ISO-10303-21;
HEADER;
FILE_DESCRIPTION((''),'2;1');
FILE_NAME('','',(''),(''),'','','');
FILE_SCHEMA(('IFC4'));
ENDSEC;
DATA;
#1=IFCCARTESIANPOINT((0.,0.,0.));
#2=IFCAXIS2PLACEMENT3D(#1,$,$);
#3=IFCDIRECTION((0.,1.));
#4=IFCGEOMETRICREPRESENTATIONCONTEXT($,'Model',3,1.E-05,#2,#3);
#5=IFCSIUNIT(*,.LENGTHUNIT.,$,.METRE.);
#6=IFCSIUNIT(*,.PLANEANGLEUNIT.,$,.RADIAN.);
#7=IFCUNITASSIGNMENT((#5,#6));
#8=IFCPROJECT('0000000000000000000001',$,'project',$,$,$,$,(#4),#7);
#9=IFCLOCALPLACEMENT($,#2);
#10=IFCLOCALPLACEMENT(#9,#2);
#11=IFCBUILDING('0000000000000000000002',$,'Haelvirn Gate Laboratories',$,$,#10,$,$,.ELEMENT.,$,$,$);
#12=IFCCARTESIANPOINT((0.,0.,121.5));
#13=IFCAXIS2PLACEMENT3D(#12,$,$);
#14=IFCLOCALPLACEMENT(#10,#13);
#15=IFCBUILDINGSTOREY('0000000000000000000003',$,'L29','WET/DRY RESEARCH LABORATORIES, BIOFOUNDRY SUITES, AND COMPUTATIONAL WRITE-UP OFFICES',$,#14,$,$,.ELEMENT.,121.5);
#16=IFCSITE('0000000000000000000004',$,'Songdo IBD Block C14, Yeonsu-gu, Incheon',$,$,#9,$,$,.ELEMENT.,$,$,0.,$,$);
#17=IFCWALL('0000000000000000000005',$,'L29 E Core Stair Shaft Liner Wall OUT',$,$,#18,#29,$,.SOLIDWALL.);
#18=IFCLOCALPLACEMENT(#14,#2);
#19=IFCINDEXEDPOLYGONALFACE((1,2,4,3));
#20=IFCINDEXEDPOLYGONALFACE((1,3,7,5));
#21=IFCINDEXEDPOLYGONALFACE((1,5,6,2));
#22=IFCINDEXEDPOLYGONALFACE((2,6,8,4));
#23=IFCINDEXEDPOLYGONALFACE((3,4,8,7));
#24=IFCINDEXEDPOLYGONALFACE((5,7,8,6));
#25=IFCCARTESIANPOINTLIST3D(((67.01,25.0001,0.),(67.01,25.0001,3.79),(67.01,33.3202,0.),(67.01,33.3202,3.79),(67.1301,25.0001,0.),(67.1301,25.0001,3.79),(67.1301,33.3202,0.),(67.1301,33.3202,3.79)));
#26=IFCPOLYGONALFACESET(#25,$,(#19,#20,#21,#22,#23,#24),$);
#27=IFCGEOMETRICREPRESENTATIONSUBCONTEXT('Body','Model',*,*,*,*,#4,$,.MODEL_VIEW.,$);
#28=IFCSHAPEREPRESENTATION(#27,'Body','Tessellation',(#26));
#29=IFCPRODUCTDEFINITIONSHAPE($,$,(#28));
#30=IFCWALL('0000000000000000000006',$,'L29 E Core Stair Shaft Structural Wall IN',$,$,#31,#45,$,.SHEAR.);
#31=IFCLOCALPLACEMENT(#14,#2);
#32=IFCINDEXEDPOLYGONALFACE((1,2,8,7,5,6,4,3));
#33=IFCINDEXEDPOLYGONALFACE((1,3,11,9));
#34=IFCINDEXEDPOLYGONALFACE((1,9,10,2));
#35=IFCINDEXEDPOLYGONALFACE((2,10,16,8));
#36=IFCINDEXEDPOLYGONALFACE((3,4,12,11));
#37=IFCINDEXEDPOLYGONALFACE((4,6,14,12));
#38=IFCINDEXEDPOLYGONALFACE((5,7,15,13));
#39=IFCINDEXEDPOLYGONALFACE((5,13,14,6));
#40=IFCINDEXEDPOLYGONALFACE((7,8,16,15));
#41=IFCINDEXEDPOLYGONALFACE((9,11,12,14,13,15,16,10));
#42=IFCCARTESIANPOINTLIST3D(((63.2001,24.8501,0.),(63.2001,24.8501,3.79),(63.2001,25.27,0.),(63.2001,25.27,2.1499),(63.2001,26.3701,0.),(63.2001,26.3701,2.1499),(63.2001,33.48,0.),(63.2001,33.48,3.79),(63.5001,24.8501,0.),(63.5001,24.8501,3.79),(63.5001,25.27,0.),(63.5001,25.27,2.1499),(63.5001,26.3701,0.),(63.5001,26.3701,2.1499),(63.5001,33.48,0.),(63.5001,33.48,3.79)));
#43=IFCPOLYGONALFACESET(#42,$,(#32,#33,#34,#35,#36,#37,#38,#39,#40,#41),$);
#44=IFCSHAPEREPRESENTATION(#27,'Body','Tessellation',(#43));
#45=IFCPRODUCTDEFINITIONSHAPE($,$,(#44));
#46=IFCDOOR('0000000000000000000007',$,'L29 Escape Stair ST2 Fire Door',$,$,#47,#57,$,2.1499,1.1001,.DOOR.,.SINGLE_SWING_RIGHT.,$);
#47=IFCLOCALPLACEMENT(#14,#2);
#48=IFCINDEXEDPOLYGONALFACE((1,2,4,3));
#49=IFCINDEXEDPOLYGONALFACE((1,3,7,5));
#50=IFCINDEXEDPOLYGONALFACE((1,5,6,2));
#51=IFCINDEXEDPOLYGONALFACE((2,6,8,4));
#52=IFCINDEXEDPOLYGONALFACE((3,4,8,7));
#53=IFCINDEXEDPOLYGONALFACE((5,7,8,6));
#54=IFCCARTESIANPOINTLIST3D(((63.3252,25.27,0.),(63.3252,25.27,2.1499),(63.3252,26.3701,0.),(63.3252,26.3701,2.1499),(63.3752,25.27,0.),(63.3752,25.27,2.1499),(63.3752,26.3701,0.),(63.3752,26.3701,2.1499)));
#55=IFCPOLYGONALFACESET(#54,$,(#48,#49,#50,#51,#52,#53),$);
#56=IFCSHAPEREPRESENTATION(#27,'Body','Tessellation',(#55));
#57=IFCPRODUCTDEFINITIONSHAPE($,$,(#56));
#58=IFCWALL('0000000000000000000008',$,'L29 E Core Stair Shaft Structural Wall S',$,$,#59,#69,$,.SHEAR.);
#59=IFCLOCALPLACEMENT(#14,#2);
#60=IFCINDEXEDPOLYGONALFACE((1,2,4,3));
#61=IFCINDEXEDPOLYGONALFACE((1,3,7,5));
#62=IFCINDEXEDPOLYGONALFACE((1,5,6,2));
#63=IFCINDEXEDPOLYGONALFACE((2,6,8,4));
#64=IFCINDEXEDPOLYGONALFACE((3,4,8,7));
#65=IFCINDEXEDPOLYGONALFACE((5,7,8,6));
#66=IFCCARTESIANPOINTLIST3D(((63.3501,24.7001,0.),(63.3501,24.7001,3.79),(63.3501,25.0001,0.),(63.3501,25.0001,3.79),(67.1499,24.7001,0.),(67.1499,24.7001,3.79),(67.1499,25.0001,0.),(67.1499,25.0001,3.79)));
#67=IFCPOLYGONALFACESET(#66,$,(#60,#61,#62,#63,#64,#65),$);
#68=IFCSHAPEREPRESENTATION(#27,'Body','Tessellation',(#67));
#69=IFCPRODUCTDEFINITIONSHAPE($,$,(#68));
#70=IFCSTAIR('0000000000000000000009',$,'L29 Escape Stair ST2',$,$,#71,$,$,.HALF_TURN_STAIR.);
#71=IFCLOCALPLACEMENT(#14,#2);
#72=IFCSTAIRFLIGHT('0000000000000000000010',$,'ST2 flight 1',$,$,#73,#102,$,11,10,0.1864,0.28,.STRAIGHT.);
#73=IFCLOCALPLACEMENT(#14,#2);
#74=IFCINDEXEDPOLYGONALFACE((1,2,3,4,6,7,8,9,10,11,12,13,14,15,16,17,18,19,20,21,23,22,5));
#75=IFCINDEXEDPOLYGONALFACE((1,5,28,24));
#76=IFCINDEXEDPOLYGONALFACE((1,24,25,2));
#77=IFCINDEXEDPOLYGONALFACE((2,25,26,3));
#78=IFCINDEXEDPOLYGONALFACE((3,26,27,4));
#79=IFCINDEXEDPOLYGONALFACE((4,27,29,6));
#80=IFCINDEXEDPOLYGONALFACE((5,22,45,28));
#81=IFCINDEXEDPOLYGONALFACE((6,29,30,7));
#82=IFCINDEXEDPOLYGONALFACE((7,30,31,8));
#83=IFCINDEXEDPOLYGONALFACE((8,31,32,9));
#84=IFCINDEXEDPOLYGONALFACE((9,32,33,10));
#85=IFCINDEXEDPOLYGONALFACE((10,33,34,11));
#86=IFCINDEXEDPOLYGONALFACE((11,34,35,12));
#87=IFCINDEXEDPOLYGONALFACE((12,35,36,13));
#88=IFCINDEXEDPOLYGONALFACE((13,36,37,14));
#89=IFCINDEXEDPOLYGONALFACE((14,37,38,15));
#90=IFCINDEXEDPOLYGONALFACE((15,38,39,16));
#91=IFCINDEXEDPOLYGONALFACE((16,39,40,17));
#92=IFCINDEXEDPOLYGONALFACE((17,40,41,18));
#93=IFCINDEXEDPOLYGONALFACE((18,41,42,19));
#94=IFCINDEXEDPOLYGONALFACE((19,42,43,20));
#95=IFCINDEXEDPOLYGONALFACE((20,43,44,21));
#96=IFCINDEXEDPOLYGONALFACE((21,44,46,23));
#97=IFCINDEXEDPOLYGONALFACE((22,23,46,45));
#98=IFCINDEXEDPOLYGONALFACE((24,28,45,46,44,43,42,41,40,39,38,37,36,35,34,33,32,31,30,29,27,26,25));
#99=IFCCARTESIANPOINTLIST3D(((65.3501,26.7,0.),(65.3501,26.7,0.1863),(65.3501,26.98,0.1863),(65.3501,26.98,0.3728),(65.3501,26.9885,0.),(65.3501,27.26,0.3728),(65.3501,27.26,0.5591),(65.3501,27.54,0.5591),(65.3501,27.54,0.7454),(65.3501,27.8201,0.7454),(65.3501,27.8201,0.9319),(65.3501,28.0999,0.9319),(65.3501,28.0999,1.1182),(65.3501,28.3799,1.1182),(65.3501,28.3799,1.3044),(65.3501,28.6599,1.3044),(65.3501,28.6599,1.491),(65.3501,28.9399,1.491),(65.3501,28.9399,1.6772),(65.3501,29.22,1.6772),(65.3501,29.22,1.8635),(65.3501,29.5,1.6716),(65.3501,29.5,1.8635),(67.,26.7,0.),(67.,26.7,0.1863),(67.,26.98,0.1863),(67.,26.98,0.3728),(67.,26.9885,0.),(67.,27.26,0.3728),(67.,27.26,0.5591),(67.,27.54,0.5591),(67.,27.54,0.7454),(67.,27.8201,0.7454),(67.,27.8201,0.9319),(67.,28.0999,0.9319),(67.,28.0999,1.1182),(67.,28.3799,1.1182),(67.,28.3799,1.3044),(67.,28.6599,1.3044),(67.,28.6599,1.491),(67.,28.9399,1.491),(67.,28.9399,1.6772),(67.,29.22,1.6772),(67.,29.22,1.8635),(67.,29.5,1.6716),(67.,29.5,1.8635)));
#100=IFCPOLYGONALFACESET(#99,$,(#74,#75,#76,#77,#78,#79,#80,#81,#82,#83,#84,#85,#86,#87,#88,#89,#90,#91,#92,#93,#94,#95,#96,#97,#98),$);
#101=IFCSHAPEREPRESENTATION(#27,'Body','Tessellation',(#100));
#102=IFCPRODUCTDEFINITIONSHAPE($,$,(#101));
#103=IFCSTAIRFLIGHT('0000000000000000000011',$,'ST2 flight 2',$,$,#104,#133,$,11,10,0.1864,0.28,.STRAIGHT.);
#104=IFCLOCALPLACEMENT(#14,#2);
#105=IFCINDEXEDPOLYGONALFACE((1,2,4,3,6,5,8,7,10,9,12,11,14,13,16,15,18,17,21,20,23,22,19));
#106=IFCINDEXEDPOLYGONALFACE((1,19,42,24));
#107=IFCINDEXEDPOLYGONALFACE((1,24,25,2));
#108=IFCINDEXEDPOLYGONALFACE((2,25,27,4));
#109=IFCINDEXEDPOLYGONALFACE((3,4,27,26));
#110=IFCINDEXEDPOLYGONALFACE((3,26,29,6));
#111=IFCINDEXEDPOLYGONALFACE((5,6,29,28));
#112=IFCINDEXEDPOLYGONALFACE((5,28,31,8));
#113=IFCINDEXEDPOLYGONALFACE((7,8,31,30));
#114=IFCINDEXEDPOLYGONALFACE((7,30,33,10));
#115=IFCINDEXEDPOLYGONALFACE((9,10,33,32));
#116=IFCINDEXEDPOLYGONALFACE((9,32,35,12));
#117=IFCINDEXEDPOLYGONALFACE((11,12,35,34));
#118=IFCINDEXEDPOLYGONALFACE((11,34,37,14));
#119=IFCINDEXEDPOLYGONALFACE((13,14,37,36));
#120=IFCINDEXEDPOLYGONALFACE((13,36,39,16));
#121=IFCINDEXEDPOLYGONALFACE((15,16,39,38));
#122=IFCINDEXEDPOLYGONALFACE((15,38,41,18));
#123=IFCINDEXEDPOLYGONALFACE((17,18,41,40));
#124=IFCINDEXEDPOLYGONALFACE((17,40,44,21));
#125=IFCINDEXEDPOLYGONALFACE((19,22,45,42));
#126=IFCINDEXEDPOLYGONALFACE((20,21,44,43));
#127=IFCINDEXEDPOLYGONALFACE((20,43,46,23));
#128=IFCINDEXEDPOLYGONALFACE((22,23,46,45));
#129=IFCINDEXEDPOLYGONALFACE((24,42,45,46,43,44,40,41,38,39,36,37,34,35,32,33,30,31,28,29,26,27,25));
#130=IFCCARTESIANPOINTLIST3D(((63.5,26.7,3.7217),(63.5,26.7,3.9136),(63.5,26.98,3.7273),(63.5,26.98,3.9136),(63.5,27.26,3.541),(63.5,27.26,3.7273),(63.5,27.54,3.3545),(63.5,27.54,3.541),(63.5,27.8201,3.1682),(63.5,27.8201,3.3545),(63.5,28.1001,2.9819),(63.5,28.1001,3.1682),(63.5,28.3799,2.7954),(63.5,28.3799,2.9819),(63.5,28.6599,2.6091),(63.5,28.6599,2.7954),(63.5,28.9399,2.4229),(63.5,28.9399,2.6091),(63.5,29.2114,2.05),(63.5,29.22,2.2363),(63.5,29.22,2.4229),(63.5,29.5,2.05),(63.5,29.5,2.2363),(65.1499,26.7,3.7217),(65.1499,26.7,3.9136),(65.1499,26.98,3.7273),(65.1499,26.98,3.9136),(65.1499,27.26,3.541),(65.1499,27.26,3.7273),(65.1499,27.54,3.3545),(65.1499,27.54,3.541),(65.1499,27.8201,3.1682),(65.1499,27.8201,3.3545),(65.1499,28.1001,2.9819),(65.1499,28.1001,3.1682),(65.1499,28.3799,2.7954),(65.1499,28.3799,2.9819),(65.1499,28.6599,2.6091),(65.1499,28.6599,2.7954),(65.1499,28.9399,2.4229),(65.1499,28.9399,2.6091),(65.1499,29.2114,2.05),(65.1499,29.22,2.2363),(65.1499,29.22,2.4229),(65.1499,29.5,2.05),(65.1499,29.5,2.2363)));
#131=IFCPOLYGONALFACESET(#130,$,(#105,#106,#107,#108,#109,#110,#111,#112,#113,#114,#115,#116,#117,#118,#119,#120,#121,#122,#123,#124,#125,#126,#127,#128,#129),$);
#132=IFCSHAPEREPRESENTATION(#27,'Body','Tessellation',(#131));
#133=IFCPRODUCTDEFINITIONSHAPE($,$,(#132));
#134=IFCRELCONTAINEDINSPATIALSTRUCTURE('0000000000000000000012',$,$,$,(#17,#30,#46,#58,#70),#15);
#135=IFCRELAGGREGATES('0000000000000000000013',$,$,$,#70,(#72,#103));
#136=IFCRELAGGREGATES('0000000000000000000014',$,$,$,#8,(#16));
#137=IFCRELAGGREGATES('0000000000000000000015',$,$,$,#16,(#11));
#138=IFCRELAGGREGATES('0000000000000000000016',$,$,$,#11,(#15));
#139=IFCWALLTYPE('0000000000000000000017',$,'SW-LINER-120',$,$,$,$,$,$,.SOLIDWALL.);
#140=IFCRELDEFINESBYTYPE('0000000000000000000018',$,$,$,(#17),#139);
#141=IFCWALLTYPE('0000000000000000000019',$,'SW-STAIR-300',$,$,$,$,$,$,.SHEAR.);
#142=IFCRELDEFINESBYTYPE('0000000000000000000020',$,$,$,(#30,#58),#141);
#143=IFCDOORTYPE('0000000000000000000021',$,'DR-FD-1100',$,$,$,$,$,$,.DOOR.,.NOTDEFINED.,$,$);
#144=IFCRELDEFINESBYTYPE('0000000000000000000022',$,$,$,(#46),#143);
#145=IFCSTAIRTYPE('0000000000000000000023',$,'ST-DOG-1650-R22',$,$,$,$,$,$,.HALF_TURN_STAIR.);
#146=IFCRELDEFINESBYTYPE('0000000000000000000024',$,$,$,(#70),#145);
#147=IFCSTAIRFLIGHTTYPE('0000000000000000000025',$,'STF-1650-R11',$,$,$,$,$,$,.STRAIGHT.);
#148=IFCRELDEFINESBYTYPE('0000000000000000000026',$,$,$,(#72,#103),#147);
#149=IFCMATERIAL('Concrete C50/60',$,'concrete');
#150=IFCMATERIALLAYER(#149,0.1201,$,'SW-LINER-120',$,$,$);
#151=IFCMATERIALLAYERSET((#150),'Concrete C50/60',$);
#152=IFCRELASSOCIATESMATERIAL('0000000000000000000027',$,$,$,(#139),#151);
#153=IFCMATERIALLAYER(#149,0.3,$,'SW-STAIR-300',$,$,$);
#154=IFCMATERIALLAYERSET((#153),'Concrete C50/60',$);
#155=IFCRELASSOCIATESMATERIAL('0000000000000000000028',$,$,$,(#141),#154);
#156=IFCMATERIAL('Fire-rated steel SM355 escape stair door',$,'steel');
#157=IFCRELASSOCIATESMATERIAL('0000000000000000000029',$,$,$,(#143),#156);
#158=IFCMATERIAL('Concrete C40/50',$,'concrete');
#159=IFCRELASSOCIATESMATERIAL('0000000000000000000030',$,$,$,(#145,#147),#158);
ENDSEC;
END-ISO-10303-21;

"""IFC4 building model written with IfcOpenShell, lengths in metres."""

from ifc_helpers import new_model, si_unit, direction, frame, frame_2d, origin, place, context, subcontext, project, spatial, polyline, rectangle, outline, extrude, source, transform, mapped, material, layer, layer_set, type_object, type_shapes, element, fill, aggregate, save


model = new_model("IFC4")

# Units and contexts
model_context = context("Model", 3, precision=1e-05, world=origin(), true_north=direction((0.0, 1.0)))
body_context = subcontext(model_context, "Body", "Model", "MODEL_VIEW")
ifc_project = project(units=[si_unit("LENGTHUNIT", "METRE"), si_unit("PLANEANGLEUNIT", "RADIAN")], contexts=[model_context])

# Site, building, storey
site_placement = place(None, origin())
site = spatial("IfcSite", under=ifc_project, at=site_placement, Name="Songdo IBD Block C14, Yeonsu-gu, Incheon", CompositionType="ELEMENT", RefElevation=0.0)
building_placement = place(site_placement, origin())
building = spatial("IfcBuilding", under=site, at=building_placement, Name="Haelvirn Gate Laboratories", CompositionType="ELEMENT")
storey_placement = place(building_placement, frame((0.0, 0.0, 121.5)))
storey = spatial("IfcBuildingStorey", under=building, at=storey_placement, Name="L29", Description="WET/DRY RESEARCH LABORATORIES, BIOFOUNDRY SUITES, AND COMPUTATIONAL WRITE-UP OFFICES", CompositionType="ELEMENT", Elevation=121.5)

# Wall
ifc_material_1 = material(Name="Concrete C40/50", Category="concrete")
ifc_material_2 = material(Name="Concrete C50/60", Category="concrete")
ifc_layer_1 = layer(ifc_material_2, 0.1201, Name="SW-LINER-120")
ifc_layer_set_1 = layer_set([ifc_layer_1], Name="Concrete C50/60")
wall_type_1 = type_object("IfcWallType", Name="SW-LINER-120", PredefinedType="SOLIDWALL", material=ifc_layer_set_1)
wall_1_placement = place(storey_placement, frame((67.0701, 25.0, 0.0), z_axis=(0.0, 0.0, 1.0), x_axis=(0.0, 1.0, 0.0)))
element("IfcWall", 1, at=wall_1_placement, inside=storey, type_object=wall_type_1, Name="L29 E Core Stair Shaft Liner Wall OUT", PredefinedType="SOLIDWALL", context=body_context, shape_type="SweptSolid", body=[
    extrude(rectangle(XDim=8.3201, YDim=0.1201, at=frame_2d((4.1602, 0.0))), origin(), (0.0, 0.0, 1.0), 3.79),
])

# Wall, opening, door
ifc_layer_2 = layer(ifc_material_2, 0.3, Name="SW-STAIR-300")
ifc_layer_set_2 = layer_set([ifc_layer_2], Name="Concrete C50/60")
wall_type_2 = type_object("IfcWallType", Name="SW-STAIR-300", PredefinedType="SHEAR", material=ifc_layer_set_2)
wall_2_placement = place(storey_placement, frame((63.3501, 24.8501, 0.0), z_axis=(0.0, 0.0, 1.0), x_axis=(0.0, 1.0, 0.0)))
wall_2 = element("IfcWall", 2, at=wall_2_placement, inside=storey, type_object=wall_type_2, Name="L29 E Core Stair Shaft Structural Wall IN", PredefinedType="SHEAR", context=body_context, shape_type="SweptSolid", body=[
    extrude(rectangle(XDim=8.6299, YDim=0.3, at=frame_2d((4.3149, 0.0))), origin(), (0.0, 0.0, 1.0), 3.79),
])
opening_1_placement = place(wall_2_placement, frame((0.4199, 0.0, 0.0)))
opening_1 = element("IfcOpeningElement", 3, at=opening_1_placement, cuts=wall_2, PredefinedType="OPENING", context=body_context, shape_type="SweptSolid", body=[
    extrude(rectangle(XDim=1.1001, YDim=2.1499, at=frame_2d((0.55, 1.075))), frame((0.0, 0.1602, 0.0), z_axis=(0.0, -1.0, 0.0), x_axis=(1.0, 0.0, 0.0)), (0.0, 0.0, 1.0), 0.3201),
])
ifc_material_3 = material(Name="Fire-rated steel SM355 escape stair door", Category="steel")
door_type_1 = type_object("IfcDoorType", Name="DR-FD-1100", OperationType="NOTDEFINED", PredefinedType="DOOR", material=ifc_material_3)
shared_shape_1 = source(origin(), body_context, "Body", "SweptSolid", [
    extrude(rectangle(XDim=1.1001, YDim=2.1499, at=frame_2d((0.55, 1.075))), frame((0.0, 0.0249, 0.0), z_axis=(0.0, -1.0, 0.0), x_axis=(1.0, 0.0, 0.0)), (0.0, 0.0, 1.0), 0.05),
])
type_shapes(door_type_1, [shared_shape_1])
door_1_placement = place(opening_1_placement, origin())
door_1 = element("IfcDoor", 4, at=door_1_placement, inside=storey, type_object=door_type_1, Name="L29 Escape Stair ST2 Fire Door", OperationType="SINGLE_SWING_RIGHT", OverallHeight=2.1499, OverallWidth=1.1001, PredefinedType="DOOR", context=body_context, shape_type="MappedRepresentation", body=[
    mapped(shared_shape_1, transform((0.0, 0.0, 0.0), scale=1.0)),
])
fill(opening_1, door_1)

# Wall
wall_3_placement = place(storey_placement, frame((63.3501, 24.8501, 0.0), z_axis=(0.0, 0.0, 1.0), x_axis=(1.0, 0.0, 0.0)))
element("IfcWall", 5, at=wall_3_placement, inside=storey, type_object=wall_type_2, Name="L29 E Core Stair Shaft Structural Wall S", PredefinedType="SHEAR", context=body_context, shape_type="SweptSolid", body=[
    extrude(rectangle(XDim=3.7998, YDim=0.3, at=frame_2d((1.8999, 0.0))), origin(), (0.0, 0.0, 1.0), 3.79),
])

# Stair, stair flights
stair_type = type_object("IfcStairType", Name="ST-DOG-1650-R22", PredefinedType="HALF_TURN_STAIR", material=ifc_material_1)
stair_placement = place(storey_placement, origin())
stair = element("IfcStair", 6, at=stair_placement, inside=storey, type_object=stair_type, Name="L29 Escape Stair ST2", PredefinedType="HALF_TURN_STAIR")
stair_flight_type = type_object("IfcStairFlightType", Name="STF-1650-R11", PredefinedType="STRAIGHT", material=ifc_material_1)
shared_shape_2 = source(origin(), body_context, "Body", "SweptSolid", [
    extrude(outline(polyline([(0.0, 0.0), (0.0, 0.1863), (0.28, 0.1863), (0.28, 0.3728), (0.5601, 0.3728), (0.5601, 0.5591), (0.8401, 0.5591), (0.8401, 0.7454), (1.1201, 0.7454), (1.1201, 0.9319), (1.3999, 0.9319), (1.3999, 1.1182), (1.6799, 1.1182), (1.6799, 1.3044), (1.96, 1.3044), (1.96, 1.491), (2.24, 1.491), (2.24, 1.6772), (2.52, 1.6772), (2.52, 1.8635), (2.8, 1.8635), (2.8, 2.05), (2.8, 1.6716), (0.2886, 0.0), (0.0, 0.0)])), frame((0.0, 0.825, 0.0), z_axis=(0.0, -1.0, 0.0), x_axis=(1.0, 0.0, 0.0)), (0.0, 0.0, 1.0), 1.6499),
])
type_shapes(stair_flight_type, [shared_shape_2])
stair_flight_1_placement = place(storey_placement, frame((66.175, 26.7, 0.0), z_axis=(0.0, 0.0, 1.0), x_axis=(0.0, 1.0, 0.0)))
stair_flight_1 = element("IfcStairFlight", 7, at=stair_flight_1_placement, type_object=stair_flight_type, Name="ST2 flight 1", NumberOfRisers=11, NumberOfTreads=10, PredefinedType="STRAIGHT", RiserHeight=0.1864, TreadLength=0.28, context=body_context, shape_type="MappedRepresentation", body=[
    mapped(shared_shape_2, transform((0.0, 0.0, 0.0), scale=1.0)),
])
stair_flight_2_placement = place(storey_placement, frame((64.325, 29.5, 2.05), z_axis=(0.0, 0.0, 1.0), x_axis=(0.0, -1.0, 0.0)))
stair_flight_2 = element("IfcStairFlight", 8, at=stair_flight_2_placement, type_object=stair_flight_type, Name="ST2 flight 2", NumberOfRisers=11, NumberOfTreads=10, PredefinedType="STRAIGHT", RiserHeight=0.1864, TreadLength=0.28, context=body_context, shape_type="MappedRepresentation", body=[
    mapped(shared_shape_2, transform((0.0, 0.0, 0.0), scale=1.0)),
])
aggregate(stair, [stair_flight_1, stair_flight_2])

save(model, "model.ifc")
